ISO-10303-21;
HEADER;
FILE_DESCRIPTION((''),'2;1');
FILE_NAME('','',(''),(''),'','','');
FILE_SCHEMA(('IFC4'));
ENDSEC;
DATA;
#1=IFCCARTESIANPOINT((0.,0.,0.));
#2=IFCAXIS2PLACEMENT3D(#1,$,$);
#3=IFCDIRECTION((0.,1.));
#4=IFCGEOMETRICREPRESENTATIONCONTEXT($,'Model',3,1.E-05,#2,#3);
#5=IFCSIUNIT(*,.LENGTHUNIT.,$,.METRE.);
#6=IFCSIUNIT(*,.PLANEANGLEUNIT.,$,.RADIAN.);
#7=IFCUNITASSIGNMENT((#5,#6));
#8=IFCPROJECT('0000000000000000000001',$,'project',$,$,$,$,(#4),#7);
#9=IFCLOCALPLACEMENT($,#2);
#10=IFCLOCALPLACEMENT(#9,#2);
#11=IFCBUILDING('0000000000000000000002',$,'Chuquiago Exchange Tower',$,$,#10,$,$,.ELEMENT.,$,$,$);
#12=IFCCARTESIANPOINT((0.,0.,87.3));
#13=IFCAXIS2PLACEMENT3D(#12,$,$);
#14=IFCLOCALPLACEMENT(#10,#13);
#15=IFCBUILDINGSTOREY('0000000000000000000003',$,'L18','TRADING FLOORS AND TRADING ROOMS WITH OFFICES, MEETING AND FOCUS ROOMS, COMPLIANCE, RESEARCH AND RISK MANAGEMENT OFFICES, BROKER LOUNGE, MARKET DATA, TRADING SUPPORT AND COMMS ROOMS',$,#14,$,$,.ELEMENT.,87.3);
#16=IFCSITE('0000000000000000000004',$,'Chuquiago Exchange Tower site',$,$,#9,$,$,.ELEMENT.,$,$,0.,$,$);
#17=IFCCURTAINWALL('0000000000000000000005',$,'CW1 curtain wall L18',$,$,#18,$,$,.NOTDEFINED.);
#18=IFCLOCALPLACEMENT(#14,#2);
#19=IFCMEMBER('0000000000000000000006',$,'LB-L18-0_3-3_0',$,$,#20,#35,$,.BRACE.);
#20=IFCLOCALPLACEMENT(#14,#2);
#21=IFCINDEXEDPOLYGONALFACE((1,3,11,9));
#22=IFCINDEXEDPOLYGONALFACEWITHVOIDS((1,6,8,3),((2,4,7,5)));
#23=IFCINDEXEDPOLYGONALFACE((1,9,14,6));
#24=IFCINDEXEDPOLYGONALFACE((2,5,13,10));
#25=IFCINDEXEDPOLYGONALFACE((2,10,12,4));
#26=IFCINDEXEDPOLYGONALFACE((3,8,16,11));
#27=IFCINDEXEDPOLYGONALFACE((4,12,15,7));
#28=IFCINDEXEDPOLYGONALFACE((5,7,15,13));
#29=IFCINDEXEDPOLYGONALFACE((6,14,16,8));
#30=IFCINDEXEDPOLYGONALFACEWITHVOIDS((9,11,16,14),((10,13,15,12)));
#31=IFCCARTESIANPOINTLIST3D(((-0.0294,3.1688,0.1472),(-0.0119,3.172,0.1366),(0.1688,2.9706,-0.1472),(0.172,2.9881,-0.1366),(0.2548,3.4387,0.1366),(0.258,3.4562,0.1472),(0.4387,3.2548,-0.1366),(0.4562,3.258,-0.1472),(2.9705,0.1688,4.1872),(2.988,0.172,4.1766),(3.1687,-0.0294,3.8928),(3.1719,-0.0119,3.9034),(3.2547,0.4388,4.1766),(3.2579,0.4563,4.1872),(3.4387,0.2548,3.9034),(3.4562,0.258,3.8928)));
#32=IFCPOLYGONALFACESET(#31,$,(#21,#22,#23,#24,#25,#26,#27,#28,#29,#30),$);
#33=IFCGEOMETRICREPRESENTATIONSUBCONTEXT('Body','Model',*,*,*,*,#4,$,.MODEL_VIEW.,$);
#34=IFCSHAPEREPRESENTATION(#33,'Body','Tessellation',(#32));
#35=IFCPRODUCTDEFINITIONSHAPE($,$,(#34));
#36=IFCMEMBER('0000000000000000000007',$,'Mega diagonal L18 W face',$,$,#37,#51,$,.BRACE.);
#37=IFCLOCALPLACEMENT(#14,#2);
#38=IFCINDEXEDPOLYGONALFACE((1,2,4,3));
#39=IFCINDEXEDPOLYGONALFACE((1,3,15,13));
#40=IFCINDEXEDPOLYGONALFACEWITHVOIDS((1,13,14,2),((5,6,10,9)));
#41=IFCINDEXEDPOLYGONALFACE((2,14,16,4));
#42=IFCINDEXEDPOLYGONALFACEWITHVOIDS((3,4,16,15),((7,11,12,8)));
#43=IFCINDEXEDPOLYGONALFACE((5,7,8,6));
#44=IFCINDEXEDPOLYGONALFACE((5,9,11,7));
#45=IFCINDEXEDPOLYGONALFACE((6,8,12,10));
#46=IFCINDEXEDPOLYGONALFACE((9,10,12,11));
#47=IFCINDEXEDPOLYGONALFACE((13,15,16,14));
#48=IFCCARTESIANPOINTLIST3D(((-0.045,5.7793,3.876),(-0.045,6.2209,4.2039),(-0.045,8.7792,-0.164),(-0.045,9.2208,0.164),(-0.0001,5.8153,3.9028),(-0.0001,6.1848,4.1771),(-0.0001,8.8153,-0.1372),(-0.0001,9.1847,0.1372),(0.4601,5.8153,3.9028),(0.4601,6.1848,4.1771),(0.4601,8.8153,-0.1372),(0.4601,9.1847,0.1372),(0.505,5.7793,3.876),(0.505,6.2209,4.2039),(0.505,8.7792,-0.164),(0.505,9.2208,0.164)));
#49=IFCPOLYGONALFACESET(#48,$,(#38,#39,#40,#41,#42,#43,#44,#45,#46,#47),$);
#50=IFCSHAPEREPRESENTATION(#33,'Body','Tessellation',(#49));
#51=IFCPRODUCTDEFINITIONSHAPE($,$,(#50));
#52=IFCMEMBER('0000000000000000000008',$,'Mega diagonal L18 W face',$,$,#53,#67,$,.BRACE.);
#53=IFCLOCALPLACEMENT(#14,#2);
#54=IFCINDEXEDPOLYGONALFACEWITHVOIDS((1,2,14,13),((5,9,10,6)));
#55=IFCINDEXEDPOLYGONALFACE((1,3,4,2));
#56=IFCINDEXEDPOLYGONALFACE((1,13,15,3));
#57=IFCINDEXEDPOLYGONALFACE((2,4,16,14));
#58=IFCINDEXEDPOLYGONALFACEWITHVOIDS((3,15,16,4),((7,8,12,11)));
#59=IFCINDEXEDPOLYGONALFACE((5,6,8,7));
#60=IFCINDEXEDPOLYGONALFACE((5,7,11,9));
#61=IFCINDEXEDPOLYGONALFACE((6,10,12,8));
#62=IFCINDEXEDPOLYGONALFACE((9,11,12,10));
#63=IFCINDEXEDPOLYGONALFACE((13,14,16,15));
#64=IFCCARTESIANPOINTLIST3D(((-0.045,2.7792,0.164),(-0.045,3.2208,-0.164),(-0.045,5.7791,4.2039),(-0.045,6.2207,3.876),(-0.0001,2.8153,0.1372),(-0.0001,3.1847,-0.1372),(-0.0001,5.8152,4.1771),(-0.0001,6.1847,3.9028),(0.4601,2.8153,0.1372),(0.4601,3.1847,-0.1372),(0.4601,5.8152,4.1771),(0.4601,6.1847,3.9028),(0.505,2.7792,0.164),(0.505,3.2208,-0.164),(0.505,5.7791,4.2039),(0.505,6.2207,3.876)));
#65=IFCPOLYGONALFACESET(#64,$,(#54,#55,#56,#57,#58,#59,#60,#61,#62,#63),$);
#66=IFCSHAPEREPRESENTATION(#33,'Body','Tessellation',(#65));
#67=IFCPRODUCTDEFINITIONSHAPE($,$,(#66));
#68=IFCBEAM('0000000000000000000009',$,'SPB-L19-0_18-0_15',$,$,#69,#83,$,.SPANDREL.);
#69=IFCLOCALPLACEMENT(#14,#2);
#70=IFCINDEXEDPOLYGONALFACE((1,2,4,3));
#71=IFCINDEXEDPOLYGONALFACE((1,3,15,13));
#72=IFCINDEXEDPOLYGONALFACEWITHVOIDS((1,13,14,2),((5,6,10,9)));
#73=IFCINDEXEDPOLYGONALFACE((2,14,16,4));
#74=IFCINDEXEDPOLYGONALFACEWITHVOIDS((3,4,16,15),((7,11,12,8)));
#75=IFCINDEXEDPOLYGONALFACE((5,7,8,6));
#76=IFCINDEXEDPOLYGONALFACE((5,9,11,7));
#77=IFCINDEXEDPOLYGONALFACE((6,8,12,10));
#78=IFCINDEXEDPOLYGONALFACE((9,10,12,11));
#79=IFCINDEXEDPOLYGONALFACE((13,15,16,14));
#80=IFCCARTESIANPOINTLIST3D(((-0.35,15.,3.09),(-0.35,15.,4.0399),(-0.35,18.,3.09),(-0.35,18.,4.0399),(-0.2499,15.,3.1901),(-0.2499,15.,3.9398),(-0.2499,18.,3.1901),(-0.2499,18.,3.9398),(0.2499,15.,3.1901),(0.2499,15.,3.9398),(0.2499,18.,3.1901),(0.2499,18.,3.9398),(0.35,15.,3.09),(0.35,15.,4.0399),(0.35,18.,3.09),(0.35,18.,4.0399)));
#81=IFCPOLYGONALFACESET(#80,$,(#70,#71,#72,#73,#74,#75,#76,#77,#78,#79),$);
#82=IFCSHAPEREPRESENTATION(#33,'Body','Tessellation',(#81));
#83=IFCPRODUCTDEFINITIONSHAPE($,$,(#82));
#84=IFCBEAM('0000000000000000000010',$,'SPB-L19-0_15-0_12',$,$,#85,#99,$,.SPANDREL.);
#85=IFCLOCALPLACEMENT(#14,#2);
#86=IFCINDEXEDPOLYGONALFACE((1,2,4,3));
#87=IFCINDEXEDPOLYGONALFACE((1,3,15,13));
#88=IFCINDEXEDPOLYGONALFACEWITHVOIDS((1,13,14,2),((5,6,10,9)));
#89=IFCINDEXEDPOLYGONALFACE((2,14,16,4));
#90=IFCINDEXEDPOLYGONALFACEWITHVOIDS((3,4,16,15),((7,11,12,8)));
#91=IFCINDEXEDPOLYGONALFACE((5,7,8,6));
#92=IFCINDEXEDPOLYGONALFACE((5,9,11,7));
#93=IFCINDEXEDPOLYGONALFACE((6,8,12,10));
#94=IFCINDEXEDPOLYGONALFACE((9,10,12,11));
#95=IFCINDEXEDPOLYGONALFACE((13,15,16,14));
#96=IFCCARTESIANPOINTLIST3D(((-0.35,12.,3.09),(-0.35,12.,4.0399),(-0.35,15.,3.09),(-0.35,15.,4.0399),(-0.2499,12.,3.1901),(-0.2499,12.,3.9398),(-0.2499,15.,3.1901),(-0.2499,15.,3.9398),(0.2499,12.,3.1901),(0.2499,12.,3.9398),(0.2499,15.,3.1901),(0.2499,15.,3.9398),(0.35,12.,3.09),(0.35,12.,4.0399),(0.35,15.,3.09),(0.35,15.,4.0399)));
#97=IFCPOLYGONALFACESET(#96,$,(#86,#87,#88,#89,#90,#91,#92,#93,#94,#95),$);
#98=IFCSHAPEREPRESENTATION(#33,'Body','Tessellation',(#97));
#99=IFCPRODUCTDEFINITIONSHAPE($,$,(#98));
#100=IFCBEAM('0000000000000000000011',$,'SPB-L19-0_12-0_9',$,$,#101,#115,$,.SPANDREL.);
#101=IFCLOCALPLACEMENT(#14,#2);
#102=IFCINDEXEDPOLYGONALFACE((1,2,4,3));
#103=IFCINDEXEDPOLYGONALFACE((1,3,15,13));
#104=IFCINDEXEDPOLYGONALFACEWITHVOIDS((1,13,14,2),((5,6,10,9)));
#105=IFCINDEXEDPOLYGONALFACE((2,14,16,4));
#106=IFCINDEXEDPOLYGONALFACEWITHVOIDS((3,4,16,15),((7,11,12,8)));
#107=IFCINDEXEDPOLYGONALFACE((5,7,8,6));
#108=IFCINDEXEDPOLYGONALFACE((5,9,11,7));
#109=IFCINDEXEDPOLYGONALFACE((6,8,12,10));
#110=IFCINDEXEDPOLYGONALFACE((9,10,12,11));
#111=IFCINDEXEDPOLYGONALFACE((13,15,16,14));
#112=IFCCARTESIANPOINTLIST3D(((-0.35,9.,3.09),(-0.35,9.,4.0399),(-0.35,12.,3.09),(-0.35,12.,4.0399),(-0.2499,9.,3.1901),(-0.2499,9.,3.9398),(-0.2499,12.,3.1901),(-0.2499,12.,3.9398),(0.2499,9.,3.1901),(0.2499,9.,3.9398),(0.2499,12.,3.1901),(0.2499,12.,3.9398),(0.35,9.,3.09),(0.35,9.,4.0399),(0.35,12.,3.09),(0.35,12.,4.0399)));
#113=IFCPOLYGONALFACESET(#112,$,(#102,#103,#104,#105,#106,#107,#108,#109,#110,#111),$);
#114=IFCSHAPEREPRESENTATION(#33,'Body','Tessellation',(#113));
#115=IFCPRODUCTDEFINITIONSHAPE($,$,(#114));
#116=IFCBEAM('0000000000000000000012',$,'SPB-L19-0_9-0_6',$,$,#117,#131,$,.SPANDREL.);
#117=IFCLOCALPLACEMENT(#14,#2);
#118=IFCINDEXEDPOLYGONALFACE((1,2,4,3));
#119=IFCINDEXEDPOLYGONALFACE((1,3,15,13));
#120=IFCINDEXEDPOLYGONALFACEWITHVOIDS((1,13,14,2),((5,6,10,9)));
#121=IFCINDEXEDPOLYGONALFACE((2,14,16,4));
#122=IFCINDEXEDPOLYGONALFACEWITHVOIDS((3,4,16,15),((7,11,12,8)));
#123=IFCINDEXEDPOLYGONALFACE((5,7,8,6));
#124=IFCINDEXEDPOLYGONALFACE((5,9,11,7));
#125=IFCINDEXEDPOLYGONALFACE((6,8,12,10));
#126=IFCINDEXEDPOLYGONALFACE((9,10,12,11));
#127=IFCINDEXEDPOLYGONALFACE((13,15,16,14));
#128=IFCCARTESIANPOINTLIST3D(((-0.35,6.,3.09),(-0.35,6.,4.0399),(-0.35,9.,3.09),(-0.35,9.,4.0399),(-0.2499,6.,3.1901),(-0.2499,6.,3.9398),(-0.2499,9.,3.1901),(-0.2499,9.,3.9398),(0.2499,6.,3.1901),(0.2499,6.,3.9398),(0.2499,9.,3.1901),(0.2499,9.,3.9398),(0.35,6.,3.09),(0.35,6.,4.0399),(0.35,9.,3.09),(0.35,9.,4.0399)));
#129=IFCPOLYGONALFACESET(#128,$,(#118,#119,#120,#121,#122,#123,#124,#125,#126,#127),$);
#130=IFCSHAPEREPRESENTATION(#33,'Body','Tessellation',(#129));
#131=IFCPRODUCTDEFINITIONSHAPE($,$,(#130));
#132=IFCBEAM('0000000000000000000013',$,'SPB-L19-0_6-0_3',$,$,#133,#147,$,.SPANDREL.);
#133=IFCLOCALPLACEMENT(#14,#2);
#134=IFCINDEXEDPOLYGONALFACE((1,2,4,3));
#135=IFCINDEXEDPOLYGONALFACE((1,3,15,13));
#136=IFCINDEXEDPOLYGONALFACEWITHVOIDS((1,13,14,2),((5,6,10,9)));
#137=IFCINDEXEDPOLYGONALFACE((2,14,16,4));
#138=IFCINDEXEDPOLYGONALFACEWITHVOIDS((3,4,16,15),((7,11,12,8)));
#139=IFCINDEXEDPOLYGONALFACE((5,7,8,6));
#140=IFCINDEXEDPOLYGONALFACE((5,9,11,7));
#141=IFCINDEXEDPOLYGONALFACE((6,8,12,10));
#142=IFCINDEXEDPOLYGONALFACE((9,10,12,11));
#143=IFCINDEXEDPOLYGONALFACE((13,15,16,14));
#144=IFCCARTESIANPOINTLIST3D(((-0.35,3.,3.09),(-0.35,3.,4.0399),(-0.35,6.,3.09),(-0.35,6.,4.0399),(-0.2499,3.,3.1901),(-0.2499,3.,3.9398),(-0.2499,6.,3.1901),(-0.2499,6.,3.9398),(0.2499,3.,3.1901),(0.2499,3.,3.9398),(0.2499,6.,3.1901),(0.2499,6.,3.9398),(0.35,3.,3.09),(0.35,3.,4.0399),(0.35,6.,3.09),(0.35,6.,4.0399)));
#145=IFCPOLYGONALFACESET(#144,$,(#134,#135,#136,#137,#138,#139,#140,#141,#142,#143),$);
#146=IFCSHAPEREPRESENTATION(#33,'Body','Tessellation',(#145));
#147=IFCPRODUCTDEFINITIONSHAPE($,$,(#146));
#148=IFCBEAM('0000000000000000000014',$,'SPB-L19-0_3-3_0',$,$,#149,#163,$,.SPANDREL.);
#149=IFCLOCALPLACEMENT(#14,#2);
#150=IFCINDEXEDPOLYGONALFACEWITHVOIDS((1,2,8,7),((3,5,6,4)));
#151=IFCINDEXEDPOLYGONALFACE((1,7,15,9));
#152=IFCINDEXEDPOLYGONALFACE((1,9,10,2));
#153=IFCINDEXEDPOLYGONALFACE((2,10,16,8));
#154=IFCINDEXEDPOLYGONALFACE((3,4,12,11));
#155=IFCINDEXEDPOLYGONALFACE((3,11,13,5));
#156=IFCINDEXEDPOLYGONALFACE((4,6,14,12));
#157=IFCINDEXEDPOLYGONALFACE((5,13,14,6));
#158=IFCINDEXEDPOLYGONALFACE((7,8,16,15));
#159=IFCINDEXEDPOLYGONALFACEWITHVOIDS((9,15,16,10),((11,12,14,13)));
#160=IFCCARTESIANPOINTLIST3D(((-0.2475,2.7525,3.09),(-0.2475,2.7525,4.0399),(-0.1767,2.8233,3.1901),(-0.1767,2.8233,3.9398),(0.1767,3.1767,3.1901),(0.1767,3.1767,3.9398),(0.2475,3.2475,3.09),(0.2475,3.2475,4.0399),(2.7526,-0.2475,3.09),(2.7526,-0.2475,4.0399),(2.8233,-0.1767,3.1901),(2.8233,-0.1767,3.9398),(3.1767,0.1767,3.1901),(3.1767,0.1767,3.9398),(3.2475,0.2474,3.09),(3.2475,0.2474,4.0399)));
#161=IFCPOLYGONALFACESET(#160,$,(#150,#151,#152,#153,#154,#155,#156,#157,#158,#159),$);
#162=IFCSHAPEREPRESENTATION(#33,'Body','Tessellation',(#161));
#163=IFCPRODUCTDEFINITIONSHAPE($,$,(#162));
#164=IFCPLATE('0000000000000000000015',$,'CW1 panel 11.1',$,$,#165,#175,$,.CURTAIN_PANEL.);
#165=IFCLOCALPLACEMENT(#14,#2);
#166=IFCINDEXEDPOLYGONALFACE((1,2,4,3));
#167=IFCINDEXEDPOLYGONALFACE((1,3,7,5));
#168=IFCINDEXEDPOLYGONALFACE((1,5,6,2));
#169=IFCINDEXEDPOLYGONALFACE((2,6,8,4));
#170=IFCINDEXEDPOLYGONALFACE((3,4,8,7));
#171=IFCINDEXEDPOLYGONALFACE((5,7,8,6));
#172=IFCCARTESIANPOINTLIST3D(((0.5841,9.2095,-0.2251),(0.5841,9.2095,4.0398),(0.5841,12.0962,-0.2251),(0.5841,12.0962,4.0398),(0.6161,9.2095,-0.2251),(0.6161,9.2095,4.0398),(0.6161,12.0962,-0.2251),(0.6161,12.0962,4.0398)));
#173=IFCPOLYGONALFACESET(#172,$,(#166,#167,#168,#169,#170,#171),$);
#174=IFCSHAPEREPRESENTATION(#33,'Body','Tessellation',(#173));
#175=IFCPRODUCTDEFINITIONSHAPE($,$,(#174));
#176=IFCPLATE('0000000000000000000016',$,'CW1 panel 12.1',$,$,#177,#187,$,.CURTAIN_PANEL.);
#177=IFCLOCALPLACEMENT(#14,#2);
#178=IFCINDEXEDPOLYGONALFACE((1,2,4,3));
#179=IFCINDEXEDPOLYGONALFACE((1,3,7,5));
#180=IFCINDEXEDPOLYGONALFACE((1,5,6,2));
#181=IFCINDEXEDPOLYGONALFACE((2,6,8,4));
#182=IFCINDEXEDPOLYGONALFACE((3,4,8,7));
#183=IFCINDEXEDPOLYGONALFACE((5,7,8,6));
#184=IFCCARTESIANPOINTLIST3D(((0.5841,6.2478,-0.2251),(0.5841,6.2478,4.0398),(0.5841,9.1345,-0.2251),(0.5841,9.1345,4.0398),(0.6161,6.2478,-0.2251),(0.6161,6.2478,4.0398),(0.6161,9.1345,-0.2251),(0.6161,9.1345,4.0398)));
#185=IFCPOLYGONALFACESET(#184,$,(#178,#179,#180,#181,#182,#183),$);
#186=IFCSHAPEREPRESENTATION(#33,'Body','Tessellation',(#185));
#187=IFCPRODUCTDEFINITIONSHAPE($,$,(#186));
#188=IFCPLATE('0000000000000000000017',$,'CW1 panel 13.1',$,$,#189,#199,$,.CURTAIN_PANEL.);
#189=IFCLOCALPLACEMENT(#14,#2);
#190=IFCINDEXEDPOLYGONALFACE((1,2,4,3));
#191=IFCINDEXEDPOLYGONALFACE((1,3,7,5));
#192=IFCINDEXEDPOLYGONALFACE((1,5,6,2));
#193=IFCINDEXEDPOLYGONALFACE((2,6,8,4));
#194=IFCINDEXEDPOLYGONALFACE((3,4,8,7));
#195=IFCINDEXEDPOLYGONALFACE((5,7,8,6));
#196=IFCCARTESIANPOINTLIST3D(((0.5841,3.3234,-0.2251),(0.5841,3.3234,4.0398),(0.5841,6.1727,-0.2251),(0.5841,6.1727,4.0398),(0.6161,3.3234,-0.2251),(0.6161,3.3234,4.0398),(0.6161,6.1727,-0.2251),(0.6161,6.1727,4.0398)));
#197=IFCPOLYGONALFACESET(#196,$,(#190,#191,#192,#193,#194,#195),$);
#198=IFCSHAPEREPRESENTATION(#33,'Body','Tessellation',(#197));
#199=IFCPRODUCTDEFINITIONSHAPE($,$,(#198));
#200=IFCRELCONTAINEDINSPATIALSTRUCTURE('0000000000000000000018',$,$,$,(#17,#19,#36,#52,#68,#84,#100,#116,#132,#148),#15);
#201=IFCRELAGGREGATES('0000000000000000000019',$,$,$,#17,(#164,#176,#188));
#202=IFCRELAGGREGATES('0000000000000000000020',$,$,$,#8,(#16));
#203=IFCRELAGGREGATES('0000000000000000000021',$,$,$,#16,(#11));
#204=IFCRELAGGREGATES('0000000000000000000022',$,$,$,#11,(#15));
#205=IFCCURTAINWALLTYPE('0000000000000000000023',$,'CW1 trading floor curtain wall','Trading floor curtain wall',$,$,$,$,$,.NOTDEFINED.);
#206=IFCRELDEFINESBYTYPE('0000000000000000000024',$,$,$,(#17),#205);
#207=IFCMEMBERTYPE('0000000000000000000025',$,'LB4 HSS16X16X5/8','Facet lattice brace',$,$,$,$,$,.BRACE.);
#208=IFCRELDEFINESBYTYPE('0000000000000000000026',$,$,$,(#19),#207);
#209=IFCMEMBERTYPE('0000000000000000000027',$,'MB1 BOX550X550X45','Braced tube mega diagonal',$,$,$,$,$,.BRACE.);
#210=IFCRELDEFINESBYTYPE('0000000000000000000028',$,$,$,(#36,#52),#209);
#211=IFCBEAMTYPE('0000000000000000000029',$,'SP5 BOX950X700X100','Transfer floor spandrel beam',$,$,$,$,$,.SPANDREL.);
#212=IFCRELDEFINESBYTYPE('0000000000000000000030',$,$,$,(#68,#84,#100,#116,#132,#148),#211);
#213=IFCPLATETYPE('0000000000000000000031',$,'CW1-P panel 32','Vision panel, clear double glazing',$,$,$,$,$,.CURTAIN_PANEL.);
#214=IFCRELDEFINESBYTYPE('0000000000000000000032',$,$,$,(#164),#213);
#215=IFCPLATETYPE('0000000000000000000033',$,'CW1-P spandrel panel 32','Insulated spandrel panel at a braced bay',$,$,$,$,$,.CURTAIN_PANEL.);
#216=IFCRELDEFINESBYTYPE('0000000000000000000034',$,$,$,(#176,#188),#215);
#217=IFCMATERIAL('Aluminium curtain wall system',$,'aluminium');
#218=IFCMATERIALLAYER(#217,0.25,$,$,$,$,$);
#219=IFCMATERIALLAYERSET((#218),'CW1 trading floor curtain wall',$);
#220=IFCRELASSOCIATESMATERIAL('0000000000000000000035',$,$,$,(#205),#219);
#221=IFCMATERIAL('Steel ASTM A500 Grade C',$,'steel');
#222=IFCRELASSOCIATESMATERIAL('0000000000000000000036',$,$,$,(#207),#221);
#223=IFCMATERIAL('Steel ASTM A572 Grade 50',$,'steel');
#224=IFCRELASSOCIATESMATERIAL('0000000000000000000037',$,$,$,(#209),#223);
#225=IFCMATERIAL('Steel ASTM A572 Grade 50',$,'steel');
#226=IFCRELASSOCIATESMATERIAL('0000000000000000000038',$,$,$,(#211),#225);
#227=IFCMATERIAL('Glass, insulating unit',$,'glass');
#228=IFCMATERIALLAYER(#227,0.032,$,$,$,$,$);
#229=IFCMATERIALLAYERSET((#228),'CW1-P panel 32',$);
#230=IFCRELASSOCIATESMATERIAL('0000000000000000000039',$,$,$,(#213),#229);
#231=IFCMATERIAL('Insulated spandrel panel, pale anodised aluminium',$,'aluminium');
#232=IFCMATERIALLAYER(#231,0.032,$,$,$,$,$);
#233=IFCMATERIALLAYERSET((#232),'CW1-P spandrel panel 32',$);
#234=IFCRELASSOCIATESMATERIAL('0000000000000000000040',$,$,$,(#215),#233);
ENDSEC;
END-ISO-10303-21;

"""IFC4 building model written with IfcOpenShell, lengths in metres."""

from ifc_helpers import new_model, si_unit, direction, frame, origin, origin_2d, place, context, subcontext, project, spatial, rectangle, hollow_rectangle, extrude, material, layer, layer_set, material_profile, profile_set, type_object, element, aggregate, save


model = new_model("IFC4")

# Units and contexts
model_context = context("Model", 3, precision=1e-05, world=origin(), true_north=direction((0.0, 1.0)))
body_context = subcontext(model_context, "Body", "Model", "MODEL_VIEW")
ifc_project = project(units=[si_unit("LENGTHUNIT", "METRE"), si_unit("PLANEANGLEUNIT", "RADIAN")], contexts=[model_context])

# Site, building, storey
site_placement = place(None, origin())
site = spatial("IfcSite", under=ifc_project, at=site_placement, Name="Chuquiago Exchange Tower site", CompositionType="ELEMENT", RefElevation=0.0)
building_placement = place(site_placement, origin())
building = spatial("IfcBuilding", under=site, at=building_placement, Name="Chuquiago Exchange Tower", CompositionType="ELEMENT")
storey_placement = place(building_placement, frame((0.0, 0.0, 87.3)))
storey = spatial("IfcBuildingStorey", under=building, at=storey_placement, Name="L18", Description="TRADING FLOORS AND TRADING ROOMS WITH OFFICES, MEETING AND FOCUS ROOMS, COMPLIANCE, RESEARCH AND RISK MANAGEMENT OFFICES, BROKER LOUNGE, MARKET DATA, TRADING SUPPORT AND COMMS ROOMS", CompositionType="ELEMENT", Elevation=87.3)

# Curtain wall
ifc_material_1 = material(Name="Aluminium curtain wall system", Category="aluminium")
ifc_layer_1 = layer(ifc_material_1, 0.25)
ifc_layer_set_1 = layer_set([ifc_layer_1], Name="CW1 trading floor curtain wall")
curtain_wall_type = type_object("IfcCurtainWallType", Name="CW1 trading floor curtain wall", Description="Trading floor curtain wall", PredefinedType="NOTDEFINED", material=ifc_layer_set_1)
curtain_wall_placement = place(storey_placement, origin())
curtain_wall = element("IfcCurtainWall", 1, at=curtain_wall_placement, inside=storey, type_object=curtain_wall_type, Name="CW1 curtain wall L18", PredefinedType="NOTDEFINED")

# Members
ifc_material_2 = material(Name="Steel ASTM A500 Grade C", Category="steel")
ifc_material_profile_1 = material_profile(ifc_material_2, hollow_rectangle(XDim=0.4065, YDim=0.4065, WallThickness=0.0146, at=origin_2d()), Name="HSS16X16X5/8")
ifc_profile_set_1 = profile_set([ifc_material_profile_1], Name="Steel ASTM A500 Grade C")
member_type_1 = type_object("IfcMemberType", Name="LB4 HSS16X16X5/8", Description="Facet lattice brace", PredefinedType="BRACE", material=ifc_profile_set_1)
member_1_placement = place(storey_placement, frame((0.2134, 3.2134, 0.0), z_axis=(0.512077, -0.512077, 0.689604), x_axis=(0.707107, 0.707107, 0.0)))
element("IfcMember", 2, at=member_1_placement, inside=storey, type_object=member_type_1, Name="LB-L18-0_3-3_0", PredefinedType="BRACE", context=body_context, shape_type="SweptSolid", body=[
    extrude(hollow_rectangle(XDim=0.4065, YDim=0.4065, WallThickness=0.0146, at=origin_2d()), origin(), (0.0, 0.0, 1.0), 5.8584),
])
ifc_material_3 = material(Name="Steel ASTM A572 Grade 50", Category="steel")
ifc_material_profile_2 = material_profile(ifc_material_3, hollow_rectangle(XDim=0.55, YDim=0.55, WallThickness=0.0449, at=origin_2d()), Name="BOX550X550X45")
ifc_profile_set_2 = profile_set([ifc_material_profile_2], Name="Steel ASTM A572 Grade 50")
member_type_2 = type_object("IfcMemberType", Name="MB1 BOX550X550X45", Description="Braced tube mega diagonal", PredefinedType="BRACE", material=ifc_profile_set_2)
for number, where, z_axis, x_axis, name in (
    (3, (0.23, 9.0, 0.0), (0.0, -0.596174, 0.802855), (1.0, 0.0, 0.0), "Mega diagonal L18 W face"),
    (4, (0.23, 3.0, 0.0), (0.0, 0.596174, 0.802855), (-1.0, 0.0, 0.0), "Mega diagonal L18 W face"),
):
    element("IfcMember", number, at=place(storey_placement, frame(where, z_axis=z_axis, x_axis=x_axis)), inside=storey, type_object=member_type_2, Name=name, PredefinedType="BRACE", context=body_context, shape_type="SweptSolid", body=[
        extrude(hollow_rectangle(XDim=0.55, YDim=0.55, WallThickness=0.0449, at=origin_2d()), origin(), (0.0, 0.0, 1.0), 5.032),
    ])

# Beams
ifc_material_4 = material(Name="Steel ASTM A572 Grade 50", Category="steel")
ifc_material_profile_3 = material_profile(ifc_material_4, hollow_rectangle(XDim=0.7, YDim=0.95, WallThickness=0.1001, at=origin_2d()), Name="BOX950X700X100")
ifc_profile_set_3 = profile_set([ifc_material_profile_3], Name="Steel ASTM A572 Grade 50")
beam_type = type_object("IfcBeamType", Name="SP5 BOX950X700X100", Description="Transfer floor spandrel beam", PredefinedType="SPANDREL", material=ifc_profile_set_3)
for number, where, z_axis, x_axis, name in (
    (5, (0.0, 18.0, 3.5649), (0.0, -1.0, 0.0), (1.0, 0.0, 0.0), "SPB-L19-0_18-0_15"),
    (6, (0.0, 15.0, 3.5649), (0.0, -1.0, 0.0), (1.0, 0.0, 0.0), "SPB-L19-0_15-0_12"),
    (7, (0.0, 12.0, 3.5649), (0.0, -1.0, 0.0), (1.0, 0.0, 0.0), "SPB-L19-0_12-0_9"),
    (8, (0.0, 9.0, 3.5649), (0.0, -1.0, 0.0), (1.0, 0.0, 0.0), "SPB-L19-0_9-0_6"),
    (9, (0.0, 6.0, 3.5649), (0.0, -1.0, 0.0), (1.0, 0.0, 0.0), "SPB-L19-0_6-0_3"),
):
    element("IfcBeam", number, at=place(storey_placement, frame(where, z_axis=z_axis, x_axis=x_axis)), inside=storey, type_object=beam_type, Name=name, PredefinedType="SPANDREL", context=body_context, shape_type="SweptSolid", body=[
        extrude(hollow_rectangle(XDim=0.7, YDim=0.95, WallThickness=0.1001, at=origin_2d()), origin(), (0.0, 0.0, 1.0), 3.0),
    ])
beam_placement = place(storey_placement, frame((0.0, 3.0, 3.5649), z_axis=(0.707107, -0.707107, 0.0), x_axis=(0.707107, 0.707107, 0.0)))
element("IfcBeam", 10, at=beam_placement, inside=storey, type_object=beam_type, Name="SPB-L19-0_3-3_0", PredefinedType="SPANDREL", context=body_context, shape_type="SweptSolid", body=[
    extrude(hollow_rectangle(XDim=0.7, YDim=0.95, WallThickness=0.1001, at=origin_2d()), origin(), (0.0, 0.0, 1.0), 4.2427),
])

# Plates
ifc_material_5 = material(Name="Glass, insulating unit", Category="glass")
ifc_layer_2 = layer(ifc_material_5, 0.032)
ifc_layer_set_2 = layer_set([ifc_layer_2], Name="CW1-P panel 32")
plate_type_1 = type_object("IfcPlateType", Name="CW1-P panel 32", Description="Vision panel, clear double glazing", PredefinedType="CURTAIN_PANEL", material=ifc_layer_set_2)
plate_1_placement = place(storey_placement, frame((0.6001, 10.6528, -0.2251), z_axis=(0.0, 0.0, 1.0), x_axis=(0.0, -1.0, 0.0)))
plate_1 = element("IfcPlate", 11, at=plate_1_placement, type_object=plate_type_1, Name="CW1 panel 11.1", PredefinedType="CURTAIN_PANEL", context=body_context, shape_type="SweptSolid", body=[
    extrude(rectangle(XDim=2.8867, YDim=0.032, at=origin_2d()), origin(), (0.0, 0.0, 1.0), 4.2649),
])
ifc_material_6 = material(Name="Insulated spandrel panel, pale anodised aluminium", Category="aluminium")
ifc_layer_3 = layer(ifc_material_6, 0.032)
ifc_layer_set_3 = layer_set([ifc_layer_3], Name="CW1-P spandrel panel 32")
plate_type_2 = type_object("IfcPlateType", Name="CW1-P spandrel panel 32", Description="Insulated spandrel panel at a braced bay", PredefinedType="CURTAIN_PANEL", material=ifc_layer_set_3)
plate_2_placement = place(storey_placement, frame((0.6001, 7.6912, -0.2251), z_axis=(0.0, 0.0, 1.0), x_axis=(0.0, -1.0, 0.0)))
plate_2 = element("IfcPlate", 12, at=plate_2_placement, type_object=plate_type_2, Name="CW1 panel 12.1", PredefinedType="CURTAIN_PANEL", context=body_context, shape_type="SweptSolid", body=[
    extrude(rectangle(XDim=2.8867, YDim=0.032, at=origin_2d()), origin(), (0.0, 0.0, 1.0), 4.2649),
])
plate_3_placement = place(storey_placement, frame((0.6001, 4.748, -0.2251), z_axis=(0.0, 0.0, 1.0), x_axis=(0.0, -1.0, 0.0)))
plate_3 = element("IfcPlate", 13, at=plate_3_placement, type_object=plate_type_2, Name="CW1 panel 13.1", PredefinedType="CURTAIN_PANEL", context=body_context, shape_type="SweptSolid", body=[
    extrude(rectangle(XDim=2.8494, YDim=0.032, at=origin_2d()), origin(), (0.0, 0.0, 1.0), 4.2649),
])
aggregate(curtain_wall, [plate_1, plate_2, plate_3])

save(model, "model.ifc")
